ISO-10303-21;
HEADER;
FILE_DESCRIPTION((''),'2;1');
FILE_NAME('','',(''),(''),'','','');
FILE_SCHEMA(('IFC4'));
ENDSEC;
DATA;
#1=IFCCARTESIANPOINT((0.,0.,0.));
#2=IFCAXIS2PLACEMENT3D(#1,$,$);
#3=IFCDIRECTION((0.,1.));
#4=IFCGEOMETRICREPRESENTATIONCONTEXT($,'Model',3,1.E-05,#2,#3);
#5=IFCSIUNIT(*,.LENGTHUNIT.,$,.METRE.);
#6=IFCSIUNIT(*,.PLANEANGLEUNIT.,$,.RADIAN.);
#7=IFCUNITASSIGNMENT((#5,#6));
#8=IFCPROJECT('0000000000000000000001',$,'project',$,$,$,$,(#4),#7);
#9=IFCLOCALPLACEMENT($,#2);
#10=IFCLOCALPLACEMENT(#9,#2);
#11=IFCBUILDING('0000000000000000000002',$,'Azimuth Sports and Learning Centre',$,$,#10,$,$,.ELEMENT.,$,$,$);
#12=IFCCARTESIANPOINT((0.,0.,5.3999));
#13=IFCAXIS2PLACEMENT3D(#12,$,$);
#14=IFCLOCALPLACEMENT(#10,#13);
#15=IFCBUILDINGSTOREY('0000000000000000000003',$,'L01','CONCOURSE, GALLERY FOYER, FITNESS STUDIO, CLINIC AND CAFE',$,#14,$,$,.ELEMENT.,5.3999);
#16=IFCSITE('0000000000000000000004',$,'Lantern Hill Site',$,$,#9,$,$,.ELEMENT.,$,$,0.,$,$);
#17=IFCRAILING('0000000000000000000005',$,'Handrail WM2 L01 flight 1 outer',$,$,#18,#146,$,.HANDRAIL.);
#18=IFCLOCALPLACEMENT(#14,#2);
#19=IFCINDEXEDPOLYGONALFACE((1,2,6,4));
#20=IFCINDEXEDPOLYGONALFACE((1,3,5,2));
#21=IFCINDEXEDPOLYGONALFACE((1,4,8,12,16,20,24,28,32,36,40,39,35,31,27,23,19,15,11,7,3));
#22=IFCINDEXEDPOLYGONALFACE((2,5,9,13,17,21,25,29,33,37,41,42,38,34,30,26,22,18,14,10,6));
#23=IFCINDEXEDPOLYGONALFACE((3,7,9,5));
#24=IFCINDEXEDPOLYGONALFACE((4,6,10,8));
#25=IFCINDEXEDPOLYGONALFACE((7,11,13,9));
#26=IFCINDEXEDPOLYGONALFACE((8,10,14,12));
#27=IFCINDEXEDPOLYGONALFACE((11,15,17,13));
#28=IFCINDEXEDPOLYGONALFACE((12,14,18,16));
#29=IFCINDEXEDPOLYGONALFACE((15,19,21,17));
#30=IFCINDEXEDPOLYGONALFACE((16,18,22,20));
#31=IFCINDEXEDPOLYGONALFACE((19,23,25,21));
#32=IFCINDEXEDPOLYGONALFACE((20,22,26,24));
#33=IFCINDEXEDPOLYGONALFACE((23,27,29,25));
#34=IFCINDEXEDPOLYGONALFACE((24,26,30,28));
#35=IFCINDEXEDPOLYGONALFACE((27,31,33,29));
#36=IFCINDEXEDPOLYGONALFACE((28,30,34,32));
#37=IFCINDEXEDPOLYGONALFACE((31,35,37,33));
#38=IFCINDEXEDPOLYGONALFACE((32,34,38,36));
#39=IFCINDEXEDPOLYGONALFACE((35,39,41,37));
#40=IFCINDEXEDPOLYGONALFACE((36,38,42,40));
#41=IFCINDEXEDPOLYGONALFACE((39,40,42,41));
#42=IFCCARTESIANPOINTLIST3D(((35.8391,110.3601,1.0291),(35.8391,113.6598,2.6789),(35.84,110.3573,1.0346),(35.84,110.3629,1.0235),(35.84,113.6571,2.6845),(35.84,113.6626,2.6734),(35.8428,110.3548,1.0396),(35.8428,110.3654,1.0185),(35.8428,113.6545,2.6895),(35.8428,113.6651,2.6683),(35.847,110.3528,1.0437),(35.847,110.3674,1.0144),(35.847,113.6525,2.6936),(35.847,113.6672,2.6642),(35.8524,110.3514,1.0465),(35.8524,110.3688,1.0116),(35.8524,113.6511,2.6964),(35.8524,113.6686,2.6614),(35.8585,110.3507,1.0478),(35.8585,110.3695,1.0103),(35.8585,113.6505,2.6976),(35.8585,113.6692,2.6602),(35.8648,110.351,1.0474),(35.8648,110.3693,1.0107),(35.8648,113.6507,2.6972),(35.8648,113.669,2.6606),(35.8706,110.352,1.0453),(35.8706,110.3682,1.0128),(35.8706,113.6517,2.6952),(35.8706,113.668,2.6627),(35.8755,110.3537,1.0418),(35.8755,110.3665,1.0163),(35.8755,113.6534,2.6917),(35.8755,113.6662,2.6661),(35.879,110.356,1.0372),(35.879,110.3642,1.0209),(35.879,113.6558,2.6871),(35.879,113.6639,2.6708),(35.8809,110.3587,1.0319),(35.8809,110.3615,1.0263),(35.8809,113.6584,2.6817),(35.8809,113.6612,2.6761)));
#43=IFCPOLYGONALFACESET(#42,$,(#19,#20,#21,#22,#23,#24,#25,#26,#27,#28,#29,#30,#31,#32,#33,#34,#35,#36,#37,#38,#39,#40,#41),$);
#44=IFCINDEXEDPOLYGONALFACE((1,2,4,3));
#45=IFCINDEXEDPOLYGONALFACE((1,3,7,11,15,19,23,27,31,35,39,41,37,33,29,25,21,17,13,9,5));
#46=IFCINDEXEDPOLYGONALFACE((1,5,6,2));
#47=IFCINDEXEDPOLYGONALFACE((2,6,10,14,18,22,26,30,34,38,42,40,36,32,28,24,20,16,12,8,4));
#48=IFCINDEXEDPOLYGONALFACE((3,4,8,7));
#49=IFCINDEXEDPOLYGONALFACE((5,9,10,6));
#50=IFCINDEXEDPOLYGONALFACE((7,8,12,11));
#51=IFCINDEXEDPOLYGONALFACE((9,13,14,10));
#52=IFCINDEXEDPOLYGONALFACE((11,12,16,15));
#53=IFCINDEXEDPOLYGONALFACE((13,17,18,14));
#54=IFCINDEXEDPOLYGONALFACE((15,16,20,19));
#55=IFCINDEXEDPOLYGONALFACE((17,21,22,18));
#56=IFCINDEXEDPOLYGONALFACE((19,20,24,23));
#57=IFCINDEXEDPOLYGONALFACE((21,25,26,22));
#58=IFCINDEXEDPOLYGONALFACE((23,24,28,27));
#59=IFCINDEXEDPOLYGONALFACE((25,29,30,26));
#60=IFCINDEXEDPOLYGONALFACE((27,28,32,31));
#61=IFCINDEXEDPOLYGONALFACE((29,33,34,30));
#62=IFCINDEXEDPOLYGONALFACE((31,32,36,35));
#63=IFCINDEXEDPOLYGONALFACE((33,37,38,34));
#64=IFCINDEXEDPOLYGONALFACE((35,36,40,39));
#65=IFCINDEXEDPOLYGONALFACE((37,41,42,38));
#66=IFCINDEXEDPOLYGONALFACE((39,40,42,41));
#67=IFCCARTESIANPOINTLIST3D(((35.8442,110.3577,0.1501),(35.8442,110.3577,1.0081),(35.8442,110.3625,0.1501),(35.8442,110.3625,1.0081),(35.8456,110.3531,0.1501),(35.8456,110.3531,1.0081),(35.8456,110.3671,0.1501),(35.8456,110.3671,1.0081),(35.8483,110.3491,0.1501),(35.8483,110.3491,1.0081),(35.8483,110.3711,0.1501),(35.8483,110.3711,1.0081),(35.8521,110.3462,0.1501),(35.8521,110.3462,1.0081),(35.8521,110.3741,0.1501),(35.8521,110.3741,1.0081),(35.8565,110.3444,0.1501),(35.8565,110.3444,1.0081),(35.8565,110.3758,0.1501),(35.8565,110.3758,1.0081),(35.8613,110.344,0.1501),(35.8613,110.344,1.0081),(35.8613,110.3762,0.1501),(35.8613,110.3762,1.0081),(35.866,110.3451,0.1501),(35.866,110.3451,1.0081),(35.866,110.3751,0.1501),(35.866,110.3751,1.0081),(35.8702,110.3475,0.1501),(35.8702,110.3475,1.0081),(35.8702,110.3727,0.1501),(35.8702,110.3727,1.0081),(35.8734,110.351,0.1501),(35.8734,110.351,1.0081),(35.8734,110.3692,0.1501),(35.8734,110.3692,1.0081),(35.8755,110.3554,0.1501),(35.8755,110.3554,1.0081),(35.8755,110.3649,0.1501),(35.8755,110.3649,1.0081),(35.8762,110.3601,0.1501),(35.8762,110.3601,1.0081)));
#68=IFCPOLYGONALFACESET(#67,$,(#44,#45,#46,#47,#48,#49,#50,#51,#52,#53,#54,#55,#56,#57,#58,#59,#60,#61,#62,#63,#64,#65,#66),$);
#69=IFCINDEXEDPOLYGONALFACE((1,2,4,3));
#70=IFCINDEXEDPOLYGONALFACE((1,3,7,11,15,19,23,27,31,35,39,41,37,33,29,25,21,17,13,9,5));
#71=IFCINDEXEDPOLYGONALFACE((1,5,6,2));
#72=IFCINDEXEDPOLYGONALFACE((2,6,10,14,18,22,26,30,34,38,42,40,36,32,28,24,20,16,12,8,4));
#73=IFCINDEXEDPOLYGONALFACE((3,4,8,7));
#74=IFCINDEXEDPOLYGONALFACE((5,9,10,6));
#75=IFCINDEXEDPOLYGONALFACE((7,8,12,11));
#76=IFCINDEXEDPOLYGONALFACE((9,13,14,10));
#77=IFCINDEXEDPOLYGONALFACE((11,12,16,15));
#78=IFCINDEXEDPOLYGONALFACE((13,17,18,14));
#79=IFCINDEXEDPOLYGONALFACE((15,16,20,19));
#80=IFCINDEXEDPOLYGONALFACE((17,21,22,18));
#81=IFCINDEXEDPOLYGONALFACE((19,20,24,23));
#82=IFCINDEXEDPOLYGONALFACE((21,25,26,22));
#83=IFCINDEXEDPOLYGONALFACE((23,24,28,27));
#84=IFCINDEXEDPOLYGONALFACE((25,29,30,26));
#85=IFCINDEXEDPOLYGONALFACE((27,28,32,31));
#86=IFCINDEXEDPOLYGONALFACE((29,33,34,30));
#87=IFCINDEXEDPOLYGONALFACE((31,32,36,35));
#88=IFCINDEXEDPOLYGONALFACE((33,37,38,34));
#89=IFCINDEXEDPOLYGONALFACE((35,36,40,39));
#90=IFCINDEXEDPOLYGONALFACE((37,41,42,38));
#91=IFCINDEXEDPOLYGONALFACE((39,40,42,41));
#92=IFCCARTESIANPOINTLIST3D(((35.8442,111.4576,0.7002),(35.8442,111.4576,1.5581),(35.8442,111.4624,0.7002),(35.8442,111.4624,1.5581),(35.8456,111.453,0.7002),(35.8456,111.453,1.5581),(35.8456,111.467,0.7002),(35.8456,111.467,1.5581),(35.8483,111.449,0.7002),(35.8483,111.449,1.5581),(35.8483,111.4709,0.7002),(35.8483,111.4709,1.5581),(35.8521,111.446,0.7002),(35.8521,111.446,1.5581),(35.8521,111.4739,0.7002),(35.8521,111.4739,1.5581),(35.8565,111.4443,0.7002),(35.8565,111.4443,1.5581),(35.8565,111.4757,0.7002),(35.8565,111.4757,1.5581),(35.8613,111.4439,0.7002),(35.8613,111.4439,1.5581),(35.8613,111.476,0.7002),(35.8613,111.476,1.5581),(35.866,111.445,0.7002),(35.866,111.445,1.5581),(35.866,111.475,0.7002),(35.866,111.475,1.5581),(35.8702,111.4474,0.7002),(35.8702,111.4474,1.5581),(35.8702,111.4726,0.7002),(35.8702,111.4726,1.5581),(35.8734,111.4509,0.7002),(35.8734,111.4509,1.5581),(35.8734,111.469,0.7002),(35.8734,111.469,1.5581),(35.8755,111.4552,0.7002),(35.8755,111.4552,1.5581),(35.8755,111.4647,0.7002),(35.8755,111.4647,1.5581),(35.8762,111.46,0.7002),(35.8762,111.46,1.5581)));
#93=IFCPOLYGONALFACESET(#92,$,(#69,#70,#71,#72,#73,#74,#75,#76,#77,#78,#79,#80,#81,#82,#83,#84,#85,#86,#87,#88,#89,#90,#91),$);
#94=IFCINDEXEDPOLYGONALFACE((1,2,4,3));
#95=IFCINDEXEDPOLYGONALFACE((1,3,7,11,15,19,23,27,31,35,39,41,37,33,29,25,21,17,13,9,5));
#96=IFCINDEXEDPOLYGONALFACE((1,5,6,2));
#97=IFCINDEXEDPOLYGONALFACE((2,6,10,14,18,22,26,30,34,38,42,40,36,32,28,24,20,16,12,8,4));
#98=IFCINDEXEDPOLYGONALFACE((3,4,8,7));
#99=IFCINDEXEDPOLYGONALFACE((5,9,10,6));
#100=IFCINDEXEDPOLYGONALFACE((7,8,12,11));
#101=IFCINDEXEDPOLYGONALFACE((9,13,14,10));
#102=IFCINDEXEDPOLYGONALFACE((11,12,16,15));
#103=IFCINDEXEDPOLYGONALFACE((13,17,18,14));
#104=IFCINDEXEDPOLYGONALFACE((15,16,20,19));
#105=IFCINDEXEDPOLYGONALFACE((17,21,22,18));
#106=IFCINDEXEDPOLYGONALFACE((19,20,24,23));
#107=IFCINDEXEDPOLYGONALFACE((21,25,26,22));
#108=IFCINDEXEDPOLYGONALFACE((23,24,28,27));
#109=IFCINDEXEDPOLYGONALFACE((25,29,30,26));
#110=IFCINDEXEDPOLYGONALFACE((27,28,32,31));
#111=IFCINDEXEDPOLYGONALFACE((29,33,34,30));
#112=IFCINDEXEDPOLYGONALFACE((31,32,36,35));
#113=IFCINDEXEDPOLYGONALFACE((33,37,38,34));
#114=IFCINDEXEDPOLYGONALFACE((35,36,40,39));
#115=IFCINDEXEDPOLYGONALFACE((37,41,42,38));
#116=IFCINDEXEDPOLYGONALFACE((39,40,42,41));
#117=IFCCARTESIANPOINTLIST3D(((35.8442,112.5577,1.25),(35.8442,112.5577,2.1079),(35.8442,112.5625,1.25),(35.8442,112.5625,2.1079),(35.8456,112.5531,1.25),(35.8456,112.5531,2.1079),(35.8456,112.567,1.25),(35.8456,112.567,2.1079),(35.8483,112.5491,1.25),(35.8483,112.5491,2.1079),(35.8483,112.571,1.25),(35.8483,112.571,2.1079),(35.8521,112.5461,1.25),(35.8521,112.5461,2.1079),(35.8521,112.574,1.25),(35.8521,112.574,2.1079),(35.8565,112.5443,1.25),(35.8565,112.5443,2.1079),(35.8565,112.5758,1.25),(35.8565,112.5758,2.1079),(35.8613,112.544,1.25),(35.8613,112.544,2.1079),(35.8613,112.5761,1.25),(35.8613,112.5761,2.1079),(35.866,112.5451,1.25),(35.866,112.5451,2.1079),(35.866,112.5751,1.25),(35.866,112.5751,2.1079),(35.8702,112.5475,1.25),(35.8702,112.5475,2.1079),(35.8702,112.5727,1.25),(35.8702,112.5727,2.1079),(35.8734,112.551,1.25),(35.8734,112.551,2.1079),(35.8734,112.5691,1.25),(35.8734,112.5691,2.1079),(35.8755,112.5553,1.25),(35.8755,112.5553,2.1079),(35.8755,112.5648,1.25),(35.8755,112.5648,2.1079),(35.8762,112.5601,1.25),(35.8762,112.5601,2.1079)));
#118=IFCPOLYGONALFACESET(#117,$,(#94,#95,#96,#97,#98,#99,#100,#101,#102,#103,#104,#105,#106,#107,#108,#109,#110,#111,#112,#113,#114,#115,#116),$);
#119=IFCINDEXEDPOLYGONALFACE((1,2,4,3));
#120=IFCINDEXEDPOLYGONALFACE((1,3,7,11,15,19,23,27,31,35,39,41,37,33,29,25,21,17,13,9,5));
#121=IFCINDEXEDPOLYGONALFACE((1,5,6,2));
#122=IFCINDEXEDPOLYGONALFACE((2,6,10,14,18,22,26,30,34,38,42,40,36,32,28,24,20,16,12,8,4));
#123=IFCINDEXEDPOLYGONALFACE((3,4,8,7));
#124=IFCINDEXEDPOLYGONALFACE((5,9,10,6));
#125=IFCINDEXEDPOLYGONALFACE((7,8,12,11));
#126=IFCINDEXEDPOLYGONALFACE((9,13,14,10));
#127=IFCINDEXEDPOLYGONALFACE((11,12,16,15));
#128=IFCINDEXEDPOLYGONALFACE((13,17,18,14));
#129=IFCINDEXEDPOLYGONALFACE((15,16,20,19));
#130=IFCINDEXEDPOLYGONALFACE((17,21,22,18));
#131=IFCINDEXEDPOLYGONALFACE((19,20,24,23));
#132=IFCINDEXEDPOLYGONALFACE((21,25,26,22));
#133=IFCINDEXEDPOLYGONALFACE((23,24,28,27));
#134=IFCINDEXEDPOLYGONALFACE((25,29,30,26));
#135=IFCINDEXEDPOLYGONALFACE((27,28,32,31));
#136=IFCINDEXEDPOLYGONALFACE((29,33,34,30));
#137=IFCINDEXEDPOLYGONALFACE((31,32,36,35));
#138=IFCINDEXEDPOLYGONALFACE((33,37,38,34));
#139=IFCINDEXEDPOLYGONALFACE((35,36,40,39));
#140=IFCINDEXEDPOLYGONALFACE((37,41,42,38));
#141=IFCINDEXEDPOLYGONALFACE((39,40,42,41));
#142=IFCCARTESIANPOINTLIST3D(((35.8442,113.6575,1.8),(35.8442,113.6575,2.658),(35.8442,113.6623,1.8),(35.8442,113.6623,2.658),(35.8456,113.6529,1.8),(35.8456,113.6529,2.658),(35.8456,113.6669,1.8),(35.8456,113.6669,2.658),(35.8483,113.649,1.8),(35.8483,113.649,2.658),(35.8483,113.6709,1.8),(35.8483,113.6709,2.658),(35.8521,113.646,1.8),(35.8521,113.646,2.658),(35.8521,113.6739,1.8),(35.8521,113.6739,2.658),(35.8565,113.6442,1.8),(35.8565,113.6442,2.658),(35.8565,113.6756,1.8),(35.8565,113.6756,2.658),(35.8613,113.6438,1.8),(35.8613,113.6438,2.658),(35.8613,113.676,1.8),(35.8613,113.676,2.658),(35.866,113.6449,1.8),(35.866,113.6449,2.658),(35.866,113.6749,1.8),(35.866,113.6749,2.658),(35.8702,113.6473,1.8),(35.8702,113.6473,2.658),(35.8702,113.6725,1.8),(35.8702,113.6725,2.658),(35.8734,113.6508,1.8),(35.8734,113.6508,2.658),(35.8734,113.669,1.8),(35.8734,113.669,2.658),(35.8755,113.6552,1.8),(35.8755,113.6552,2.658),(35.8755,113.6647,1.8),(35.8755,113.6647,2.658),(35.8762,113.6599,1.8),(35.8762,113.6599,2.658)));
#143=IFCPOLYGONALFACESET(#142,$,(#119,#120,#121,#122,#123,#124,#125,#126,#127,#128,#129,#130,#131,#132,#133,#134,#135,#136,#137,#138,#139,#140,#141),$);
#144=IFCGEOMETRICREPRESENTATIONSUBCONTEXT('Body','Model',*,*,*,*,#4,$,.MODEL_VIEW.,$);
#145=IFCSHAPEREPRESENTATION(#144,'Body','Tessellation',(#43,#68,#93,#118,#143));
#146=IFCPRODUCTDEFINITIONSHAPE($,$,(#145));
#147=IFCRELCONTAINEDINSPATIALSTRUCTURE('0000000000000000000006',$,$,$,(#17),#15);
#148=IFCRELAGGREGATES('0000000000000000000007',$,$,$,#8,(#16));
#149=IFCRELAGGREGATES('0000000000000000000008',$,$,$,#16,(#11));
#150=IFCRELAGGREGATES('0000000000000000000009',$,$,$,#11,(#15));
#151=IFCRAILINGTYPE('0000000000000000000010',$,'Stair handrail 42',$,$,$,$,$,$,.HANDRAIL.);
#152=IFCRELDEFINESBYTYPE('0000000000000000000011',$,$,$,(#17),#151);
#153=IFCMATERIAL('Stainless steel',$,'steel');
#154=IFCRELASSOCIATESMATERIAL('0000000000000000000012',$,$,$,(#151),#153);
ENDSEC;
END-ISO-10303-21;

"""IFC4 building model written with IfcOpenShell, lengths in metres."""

from ifc_helpers import new_model, si_unit, direction, frame, origin, origin_2d, place, context, subcontext, project, spatial, circle, extrude, material, type_object, element, save


model = new_model("IFC4")

# Units and contexts
model_context = context("Model", 3, precision=1e-05, world=origin(), true_north=direction((0.0, 1.0)))
body_context = subcontext(model_context, "Body", "Model", "MODEL_VIEW")
ifc_project = project(units=[si_unit("LENGTHUNIT", "METRE"), si_unit("PLANEANGLEUNIT", "RADIAN")], contexts=[model_context])

# Site, building, storey
site_placement = place(None, origin())
site = spatial("IfcSite", under=ifc_project, at=site_placement, Name="Lantern Hill Site", CompositionType="ELEMENT", RefElevation=0.0)
building_placement = place(site_placement, origin())
building = spatial("IfcBuilding", under=site, at=building_placement, Name="Azimuth Sports and Learning Centre", CompositionType="ELEMENT")
storey_placement = place(building_placement, frame((0.0, 0.0, 5.3999)))
storey = spatial("IfcBuildingStorey", under=building, at=storey_placement, Name="L01", Description="CONCOURSE, GALLERY FOYER, FITNESS STUDIO, CLINIC AND CAFE", CompositionType="ELEMENT", Elevation=5.3999)

# Railing
ifc_material_1 = material(Name="Stainless steel", Category="steel")
railing_type_1 = type_object("IfcRailingType", Name="Stair handrail 42", PredefinedType="HANDRAIL", material=ifc_material_1)
for number, where, name in (
    (1, (35.8601, 110.3601, 0.1501), "Handrail WM2 L01 flight 1 outer"),
):
    element("IfcRailing", number, at=place(storey_placement, frame(where)), inside=storey, type_object=railing_type_1, Name=name, PredefinedType="HANDRAIL", context=body_context, shape_type="SweptSolid", body=[
        extrude(circle(Radius=0.021, at=origin_2d()), frame((0.0, 0.0, 0.8789), z_axis=(0.0, 0.894427, 0.447214), x_axis=(-1.0, 0.0, 0.0)), (0.0, 0.0, 1.0), 3.6892),
        extrude(circle(Radius=0.0161, at=origin_2d()), origin(), (0.0, 0.0, 1.0), 0.8579),
        extrude(circle(Radius=0.0161, at=origin_2d()), frame((0.0, 1.0999, 0.55)), (0.0, 0.0, 1.0), 0.8579),
        extrude(circle(Radius=0.0161, at=origin_2d()), frame((0.0, 2.2, 1.0999)), (0.0, 0.0, 1.0), 0.8579),
        extrude(circle(Radius=0.0161, at=origin_2d()), frame((0.0, 3.2998, 1.6499)), (0.0, 0.0, 1.0), 0.8579),
    ])

save(model, "model.ifc")
